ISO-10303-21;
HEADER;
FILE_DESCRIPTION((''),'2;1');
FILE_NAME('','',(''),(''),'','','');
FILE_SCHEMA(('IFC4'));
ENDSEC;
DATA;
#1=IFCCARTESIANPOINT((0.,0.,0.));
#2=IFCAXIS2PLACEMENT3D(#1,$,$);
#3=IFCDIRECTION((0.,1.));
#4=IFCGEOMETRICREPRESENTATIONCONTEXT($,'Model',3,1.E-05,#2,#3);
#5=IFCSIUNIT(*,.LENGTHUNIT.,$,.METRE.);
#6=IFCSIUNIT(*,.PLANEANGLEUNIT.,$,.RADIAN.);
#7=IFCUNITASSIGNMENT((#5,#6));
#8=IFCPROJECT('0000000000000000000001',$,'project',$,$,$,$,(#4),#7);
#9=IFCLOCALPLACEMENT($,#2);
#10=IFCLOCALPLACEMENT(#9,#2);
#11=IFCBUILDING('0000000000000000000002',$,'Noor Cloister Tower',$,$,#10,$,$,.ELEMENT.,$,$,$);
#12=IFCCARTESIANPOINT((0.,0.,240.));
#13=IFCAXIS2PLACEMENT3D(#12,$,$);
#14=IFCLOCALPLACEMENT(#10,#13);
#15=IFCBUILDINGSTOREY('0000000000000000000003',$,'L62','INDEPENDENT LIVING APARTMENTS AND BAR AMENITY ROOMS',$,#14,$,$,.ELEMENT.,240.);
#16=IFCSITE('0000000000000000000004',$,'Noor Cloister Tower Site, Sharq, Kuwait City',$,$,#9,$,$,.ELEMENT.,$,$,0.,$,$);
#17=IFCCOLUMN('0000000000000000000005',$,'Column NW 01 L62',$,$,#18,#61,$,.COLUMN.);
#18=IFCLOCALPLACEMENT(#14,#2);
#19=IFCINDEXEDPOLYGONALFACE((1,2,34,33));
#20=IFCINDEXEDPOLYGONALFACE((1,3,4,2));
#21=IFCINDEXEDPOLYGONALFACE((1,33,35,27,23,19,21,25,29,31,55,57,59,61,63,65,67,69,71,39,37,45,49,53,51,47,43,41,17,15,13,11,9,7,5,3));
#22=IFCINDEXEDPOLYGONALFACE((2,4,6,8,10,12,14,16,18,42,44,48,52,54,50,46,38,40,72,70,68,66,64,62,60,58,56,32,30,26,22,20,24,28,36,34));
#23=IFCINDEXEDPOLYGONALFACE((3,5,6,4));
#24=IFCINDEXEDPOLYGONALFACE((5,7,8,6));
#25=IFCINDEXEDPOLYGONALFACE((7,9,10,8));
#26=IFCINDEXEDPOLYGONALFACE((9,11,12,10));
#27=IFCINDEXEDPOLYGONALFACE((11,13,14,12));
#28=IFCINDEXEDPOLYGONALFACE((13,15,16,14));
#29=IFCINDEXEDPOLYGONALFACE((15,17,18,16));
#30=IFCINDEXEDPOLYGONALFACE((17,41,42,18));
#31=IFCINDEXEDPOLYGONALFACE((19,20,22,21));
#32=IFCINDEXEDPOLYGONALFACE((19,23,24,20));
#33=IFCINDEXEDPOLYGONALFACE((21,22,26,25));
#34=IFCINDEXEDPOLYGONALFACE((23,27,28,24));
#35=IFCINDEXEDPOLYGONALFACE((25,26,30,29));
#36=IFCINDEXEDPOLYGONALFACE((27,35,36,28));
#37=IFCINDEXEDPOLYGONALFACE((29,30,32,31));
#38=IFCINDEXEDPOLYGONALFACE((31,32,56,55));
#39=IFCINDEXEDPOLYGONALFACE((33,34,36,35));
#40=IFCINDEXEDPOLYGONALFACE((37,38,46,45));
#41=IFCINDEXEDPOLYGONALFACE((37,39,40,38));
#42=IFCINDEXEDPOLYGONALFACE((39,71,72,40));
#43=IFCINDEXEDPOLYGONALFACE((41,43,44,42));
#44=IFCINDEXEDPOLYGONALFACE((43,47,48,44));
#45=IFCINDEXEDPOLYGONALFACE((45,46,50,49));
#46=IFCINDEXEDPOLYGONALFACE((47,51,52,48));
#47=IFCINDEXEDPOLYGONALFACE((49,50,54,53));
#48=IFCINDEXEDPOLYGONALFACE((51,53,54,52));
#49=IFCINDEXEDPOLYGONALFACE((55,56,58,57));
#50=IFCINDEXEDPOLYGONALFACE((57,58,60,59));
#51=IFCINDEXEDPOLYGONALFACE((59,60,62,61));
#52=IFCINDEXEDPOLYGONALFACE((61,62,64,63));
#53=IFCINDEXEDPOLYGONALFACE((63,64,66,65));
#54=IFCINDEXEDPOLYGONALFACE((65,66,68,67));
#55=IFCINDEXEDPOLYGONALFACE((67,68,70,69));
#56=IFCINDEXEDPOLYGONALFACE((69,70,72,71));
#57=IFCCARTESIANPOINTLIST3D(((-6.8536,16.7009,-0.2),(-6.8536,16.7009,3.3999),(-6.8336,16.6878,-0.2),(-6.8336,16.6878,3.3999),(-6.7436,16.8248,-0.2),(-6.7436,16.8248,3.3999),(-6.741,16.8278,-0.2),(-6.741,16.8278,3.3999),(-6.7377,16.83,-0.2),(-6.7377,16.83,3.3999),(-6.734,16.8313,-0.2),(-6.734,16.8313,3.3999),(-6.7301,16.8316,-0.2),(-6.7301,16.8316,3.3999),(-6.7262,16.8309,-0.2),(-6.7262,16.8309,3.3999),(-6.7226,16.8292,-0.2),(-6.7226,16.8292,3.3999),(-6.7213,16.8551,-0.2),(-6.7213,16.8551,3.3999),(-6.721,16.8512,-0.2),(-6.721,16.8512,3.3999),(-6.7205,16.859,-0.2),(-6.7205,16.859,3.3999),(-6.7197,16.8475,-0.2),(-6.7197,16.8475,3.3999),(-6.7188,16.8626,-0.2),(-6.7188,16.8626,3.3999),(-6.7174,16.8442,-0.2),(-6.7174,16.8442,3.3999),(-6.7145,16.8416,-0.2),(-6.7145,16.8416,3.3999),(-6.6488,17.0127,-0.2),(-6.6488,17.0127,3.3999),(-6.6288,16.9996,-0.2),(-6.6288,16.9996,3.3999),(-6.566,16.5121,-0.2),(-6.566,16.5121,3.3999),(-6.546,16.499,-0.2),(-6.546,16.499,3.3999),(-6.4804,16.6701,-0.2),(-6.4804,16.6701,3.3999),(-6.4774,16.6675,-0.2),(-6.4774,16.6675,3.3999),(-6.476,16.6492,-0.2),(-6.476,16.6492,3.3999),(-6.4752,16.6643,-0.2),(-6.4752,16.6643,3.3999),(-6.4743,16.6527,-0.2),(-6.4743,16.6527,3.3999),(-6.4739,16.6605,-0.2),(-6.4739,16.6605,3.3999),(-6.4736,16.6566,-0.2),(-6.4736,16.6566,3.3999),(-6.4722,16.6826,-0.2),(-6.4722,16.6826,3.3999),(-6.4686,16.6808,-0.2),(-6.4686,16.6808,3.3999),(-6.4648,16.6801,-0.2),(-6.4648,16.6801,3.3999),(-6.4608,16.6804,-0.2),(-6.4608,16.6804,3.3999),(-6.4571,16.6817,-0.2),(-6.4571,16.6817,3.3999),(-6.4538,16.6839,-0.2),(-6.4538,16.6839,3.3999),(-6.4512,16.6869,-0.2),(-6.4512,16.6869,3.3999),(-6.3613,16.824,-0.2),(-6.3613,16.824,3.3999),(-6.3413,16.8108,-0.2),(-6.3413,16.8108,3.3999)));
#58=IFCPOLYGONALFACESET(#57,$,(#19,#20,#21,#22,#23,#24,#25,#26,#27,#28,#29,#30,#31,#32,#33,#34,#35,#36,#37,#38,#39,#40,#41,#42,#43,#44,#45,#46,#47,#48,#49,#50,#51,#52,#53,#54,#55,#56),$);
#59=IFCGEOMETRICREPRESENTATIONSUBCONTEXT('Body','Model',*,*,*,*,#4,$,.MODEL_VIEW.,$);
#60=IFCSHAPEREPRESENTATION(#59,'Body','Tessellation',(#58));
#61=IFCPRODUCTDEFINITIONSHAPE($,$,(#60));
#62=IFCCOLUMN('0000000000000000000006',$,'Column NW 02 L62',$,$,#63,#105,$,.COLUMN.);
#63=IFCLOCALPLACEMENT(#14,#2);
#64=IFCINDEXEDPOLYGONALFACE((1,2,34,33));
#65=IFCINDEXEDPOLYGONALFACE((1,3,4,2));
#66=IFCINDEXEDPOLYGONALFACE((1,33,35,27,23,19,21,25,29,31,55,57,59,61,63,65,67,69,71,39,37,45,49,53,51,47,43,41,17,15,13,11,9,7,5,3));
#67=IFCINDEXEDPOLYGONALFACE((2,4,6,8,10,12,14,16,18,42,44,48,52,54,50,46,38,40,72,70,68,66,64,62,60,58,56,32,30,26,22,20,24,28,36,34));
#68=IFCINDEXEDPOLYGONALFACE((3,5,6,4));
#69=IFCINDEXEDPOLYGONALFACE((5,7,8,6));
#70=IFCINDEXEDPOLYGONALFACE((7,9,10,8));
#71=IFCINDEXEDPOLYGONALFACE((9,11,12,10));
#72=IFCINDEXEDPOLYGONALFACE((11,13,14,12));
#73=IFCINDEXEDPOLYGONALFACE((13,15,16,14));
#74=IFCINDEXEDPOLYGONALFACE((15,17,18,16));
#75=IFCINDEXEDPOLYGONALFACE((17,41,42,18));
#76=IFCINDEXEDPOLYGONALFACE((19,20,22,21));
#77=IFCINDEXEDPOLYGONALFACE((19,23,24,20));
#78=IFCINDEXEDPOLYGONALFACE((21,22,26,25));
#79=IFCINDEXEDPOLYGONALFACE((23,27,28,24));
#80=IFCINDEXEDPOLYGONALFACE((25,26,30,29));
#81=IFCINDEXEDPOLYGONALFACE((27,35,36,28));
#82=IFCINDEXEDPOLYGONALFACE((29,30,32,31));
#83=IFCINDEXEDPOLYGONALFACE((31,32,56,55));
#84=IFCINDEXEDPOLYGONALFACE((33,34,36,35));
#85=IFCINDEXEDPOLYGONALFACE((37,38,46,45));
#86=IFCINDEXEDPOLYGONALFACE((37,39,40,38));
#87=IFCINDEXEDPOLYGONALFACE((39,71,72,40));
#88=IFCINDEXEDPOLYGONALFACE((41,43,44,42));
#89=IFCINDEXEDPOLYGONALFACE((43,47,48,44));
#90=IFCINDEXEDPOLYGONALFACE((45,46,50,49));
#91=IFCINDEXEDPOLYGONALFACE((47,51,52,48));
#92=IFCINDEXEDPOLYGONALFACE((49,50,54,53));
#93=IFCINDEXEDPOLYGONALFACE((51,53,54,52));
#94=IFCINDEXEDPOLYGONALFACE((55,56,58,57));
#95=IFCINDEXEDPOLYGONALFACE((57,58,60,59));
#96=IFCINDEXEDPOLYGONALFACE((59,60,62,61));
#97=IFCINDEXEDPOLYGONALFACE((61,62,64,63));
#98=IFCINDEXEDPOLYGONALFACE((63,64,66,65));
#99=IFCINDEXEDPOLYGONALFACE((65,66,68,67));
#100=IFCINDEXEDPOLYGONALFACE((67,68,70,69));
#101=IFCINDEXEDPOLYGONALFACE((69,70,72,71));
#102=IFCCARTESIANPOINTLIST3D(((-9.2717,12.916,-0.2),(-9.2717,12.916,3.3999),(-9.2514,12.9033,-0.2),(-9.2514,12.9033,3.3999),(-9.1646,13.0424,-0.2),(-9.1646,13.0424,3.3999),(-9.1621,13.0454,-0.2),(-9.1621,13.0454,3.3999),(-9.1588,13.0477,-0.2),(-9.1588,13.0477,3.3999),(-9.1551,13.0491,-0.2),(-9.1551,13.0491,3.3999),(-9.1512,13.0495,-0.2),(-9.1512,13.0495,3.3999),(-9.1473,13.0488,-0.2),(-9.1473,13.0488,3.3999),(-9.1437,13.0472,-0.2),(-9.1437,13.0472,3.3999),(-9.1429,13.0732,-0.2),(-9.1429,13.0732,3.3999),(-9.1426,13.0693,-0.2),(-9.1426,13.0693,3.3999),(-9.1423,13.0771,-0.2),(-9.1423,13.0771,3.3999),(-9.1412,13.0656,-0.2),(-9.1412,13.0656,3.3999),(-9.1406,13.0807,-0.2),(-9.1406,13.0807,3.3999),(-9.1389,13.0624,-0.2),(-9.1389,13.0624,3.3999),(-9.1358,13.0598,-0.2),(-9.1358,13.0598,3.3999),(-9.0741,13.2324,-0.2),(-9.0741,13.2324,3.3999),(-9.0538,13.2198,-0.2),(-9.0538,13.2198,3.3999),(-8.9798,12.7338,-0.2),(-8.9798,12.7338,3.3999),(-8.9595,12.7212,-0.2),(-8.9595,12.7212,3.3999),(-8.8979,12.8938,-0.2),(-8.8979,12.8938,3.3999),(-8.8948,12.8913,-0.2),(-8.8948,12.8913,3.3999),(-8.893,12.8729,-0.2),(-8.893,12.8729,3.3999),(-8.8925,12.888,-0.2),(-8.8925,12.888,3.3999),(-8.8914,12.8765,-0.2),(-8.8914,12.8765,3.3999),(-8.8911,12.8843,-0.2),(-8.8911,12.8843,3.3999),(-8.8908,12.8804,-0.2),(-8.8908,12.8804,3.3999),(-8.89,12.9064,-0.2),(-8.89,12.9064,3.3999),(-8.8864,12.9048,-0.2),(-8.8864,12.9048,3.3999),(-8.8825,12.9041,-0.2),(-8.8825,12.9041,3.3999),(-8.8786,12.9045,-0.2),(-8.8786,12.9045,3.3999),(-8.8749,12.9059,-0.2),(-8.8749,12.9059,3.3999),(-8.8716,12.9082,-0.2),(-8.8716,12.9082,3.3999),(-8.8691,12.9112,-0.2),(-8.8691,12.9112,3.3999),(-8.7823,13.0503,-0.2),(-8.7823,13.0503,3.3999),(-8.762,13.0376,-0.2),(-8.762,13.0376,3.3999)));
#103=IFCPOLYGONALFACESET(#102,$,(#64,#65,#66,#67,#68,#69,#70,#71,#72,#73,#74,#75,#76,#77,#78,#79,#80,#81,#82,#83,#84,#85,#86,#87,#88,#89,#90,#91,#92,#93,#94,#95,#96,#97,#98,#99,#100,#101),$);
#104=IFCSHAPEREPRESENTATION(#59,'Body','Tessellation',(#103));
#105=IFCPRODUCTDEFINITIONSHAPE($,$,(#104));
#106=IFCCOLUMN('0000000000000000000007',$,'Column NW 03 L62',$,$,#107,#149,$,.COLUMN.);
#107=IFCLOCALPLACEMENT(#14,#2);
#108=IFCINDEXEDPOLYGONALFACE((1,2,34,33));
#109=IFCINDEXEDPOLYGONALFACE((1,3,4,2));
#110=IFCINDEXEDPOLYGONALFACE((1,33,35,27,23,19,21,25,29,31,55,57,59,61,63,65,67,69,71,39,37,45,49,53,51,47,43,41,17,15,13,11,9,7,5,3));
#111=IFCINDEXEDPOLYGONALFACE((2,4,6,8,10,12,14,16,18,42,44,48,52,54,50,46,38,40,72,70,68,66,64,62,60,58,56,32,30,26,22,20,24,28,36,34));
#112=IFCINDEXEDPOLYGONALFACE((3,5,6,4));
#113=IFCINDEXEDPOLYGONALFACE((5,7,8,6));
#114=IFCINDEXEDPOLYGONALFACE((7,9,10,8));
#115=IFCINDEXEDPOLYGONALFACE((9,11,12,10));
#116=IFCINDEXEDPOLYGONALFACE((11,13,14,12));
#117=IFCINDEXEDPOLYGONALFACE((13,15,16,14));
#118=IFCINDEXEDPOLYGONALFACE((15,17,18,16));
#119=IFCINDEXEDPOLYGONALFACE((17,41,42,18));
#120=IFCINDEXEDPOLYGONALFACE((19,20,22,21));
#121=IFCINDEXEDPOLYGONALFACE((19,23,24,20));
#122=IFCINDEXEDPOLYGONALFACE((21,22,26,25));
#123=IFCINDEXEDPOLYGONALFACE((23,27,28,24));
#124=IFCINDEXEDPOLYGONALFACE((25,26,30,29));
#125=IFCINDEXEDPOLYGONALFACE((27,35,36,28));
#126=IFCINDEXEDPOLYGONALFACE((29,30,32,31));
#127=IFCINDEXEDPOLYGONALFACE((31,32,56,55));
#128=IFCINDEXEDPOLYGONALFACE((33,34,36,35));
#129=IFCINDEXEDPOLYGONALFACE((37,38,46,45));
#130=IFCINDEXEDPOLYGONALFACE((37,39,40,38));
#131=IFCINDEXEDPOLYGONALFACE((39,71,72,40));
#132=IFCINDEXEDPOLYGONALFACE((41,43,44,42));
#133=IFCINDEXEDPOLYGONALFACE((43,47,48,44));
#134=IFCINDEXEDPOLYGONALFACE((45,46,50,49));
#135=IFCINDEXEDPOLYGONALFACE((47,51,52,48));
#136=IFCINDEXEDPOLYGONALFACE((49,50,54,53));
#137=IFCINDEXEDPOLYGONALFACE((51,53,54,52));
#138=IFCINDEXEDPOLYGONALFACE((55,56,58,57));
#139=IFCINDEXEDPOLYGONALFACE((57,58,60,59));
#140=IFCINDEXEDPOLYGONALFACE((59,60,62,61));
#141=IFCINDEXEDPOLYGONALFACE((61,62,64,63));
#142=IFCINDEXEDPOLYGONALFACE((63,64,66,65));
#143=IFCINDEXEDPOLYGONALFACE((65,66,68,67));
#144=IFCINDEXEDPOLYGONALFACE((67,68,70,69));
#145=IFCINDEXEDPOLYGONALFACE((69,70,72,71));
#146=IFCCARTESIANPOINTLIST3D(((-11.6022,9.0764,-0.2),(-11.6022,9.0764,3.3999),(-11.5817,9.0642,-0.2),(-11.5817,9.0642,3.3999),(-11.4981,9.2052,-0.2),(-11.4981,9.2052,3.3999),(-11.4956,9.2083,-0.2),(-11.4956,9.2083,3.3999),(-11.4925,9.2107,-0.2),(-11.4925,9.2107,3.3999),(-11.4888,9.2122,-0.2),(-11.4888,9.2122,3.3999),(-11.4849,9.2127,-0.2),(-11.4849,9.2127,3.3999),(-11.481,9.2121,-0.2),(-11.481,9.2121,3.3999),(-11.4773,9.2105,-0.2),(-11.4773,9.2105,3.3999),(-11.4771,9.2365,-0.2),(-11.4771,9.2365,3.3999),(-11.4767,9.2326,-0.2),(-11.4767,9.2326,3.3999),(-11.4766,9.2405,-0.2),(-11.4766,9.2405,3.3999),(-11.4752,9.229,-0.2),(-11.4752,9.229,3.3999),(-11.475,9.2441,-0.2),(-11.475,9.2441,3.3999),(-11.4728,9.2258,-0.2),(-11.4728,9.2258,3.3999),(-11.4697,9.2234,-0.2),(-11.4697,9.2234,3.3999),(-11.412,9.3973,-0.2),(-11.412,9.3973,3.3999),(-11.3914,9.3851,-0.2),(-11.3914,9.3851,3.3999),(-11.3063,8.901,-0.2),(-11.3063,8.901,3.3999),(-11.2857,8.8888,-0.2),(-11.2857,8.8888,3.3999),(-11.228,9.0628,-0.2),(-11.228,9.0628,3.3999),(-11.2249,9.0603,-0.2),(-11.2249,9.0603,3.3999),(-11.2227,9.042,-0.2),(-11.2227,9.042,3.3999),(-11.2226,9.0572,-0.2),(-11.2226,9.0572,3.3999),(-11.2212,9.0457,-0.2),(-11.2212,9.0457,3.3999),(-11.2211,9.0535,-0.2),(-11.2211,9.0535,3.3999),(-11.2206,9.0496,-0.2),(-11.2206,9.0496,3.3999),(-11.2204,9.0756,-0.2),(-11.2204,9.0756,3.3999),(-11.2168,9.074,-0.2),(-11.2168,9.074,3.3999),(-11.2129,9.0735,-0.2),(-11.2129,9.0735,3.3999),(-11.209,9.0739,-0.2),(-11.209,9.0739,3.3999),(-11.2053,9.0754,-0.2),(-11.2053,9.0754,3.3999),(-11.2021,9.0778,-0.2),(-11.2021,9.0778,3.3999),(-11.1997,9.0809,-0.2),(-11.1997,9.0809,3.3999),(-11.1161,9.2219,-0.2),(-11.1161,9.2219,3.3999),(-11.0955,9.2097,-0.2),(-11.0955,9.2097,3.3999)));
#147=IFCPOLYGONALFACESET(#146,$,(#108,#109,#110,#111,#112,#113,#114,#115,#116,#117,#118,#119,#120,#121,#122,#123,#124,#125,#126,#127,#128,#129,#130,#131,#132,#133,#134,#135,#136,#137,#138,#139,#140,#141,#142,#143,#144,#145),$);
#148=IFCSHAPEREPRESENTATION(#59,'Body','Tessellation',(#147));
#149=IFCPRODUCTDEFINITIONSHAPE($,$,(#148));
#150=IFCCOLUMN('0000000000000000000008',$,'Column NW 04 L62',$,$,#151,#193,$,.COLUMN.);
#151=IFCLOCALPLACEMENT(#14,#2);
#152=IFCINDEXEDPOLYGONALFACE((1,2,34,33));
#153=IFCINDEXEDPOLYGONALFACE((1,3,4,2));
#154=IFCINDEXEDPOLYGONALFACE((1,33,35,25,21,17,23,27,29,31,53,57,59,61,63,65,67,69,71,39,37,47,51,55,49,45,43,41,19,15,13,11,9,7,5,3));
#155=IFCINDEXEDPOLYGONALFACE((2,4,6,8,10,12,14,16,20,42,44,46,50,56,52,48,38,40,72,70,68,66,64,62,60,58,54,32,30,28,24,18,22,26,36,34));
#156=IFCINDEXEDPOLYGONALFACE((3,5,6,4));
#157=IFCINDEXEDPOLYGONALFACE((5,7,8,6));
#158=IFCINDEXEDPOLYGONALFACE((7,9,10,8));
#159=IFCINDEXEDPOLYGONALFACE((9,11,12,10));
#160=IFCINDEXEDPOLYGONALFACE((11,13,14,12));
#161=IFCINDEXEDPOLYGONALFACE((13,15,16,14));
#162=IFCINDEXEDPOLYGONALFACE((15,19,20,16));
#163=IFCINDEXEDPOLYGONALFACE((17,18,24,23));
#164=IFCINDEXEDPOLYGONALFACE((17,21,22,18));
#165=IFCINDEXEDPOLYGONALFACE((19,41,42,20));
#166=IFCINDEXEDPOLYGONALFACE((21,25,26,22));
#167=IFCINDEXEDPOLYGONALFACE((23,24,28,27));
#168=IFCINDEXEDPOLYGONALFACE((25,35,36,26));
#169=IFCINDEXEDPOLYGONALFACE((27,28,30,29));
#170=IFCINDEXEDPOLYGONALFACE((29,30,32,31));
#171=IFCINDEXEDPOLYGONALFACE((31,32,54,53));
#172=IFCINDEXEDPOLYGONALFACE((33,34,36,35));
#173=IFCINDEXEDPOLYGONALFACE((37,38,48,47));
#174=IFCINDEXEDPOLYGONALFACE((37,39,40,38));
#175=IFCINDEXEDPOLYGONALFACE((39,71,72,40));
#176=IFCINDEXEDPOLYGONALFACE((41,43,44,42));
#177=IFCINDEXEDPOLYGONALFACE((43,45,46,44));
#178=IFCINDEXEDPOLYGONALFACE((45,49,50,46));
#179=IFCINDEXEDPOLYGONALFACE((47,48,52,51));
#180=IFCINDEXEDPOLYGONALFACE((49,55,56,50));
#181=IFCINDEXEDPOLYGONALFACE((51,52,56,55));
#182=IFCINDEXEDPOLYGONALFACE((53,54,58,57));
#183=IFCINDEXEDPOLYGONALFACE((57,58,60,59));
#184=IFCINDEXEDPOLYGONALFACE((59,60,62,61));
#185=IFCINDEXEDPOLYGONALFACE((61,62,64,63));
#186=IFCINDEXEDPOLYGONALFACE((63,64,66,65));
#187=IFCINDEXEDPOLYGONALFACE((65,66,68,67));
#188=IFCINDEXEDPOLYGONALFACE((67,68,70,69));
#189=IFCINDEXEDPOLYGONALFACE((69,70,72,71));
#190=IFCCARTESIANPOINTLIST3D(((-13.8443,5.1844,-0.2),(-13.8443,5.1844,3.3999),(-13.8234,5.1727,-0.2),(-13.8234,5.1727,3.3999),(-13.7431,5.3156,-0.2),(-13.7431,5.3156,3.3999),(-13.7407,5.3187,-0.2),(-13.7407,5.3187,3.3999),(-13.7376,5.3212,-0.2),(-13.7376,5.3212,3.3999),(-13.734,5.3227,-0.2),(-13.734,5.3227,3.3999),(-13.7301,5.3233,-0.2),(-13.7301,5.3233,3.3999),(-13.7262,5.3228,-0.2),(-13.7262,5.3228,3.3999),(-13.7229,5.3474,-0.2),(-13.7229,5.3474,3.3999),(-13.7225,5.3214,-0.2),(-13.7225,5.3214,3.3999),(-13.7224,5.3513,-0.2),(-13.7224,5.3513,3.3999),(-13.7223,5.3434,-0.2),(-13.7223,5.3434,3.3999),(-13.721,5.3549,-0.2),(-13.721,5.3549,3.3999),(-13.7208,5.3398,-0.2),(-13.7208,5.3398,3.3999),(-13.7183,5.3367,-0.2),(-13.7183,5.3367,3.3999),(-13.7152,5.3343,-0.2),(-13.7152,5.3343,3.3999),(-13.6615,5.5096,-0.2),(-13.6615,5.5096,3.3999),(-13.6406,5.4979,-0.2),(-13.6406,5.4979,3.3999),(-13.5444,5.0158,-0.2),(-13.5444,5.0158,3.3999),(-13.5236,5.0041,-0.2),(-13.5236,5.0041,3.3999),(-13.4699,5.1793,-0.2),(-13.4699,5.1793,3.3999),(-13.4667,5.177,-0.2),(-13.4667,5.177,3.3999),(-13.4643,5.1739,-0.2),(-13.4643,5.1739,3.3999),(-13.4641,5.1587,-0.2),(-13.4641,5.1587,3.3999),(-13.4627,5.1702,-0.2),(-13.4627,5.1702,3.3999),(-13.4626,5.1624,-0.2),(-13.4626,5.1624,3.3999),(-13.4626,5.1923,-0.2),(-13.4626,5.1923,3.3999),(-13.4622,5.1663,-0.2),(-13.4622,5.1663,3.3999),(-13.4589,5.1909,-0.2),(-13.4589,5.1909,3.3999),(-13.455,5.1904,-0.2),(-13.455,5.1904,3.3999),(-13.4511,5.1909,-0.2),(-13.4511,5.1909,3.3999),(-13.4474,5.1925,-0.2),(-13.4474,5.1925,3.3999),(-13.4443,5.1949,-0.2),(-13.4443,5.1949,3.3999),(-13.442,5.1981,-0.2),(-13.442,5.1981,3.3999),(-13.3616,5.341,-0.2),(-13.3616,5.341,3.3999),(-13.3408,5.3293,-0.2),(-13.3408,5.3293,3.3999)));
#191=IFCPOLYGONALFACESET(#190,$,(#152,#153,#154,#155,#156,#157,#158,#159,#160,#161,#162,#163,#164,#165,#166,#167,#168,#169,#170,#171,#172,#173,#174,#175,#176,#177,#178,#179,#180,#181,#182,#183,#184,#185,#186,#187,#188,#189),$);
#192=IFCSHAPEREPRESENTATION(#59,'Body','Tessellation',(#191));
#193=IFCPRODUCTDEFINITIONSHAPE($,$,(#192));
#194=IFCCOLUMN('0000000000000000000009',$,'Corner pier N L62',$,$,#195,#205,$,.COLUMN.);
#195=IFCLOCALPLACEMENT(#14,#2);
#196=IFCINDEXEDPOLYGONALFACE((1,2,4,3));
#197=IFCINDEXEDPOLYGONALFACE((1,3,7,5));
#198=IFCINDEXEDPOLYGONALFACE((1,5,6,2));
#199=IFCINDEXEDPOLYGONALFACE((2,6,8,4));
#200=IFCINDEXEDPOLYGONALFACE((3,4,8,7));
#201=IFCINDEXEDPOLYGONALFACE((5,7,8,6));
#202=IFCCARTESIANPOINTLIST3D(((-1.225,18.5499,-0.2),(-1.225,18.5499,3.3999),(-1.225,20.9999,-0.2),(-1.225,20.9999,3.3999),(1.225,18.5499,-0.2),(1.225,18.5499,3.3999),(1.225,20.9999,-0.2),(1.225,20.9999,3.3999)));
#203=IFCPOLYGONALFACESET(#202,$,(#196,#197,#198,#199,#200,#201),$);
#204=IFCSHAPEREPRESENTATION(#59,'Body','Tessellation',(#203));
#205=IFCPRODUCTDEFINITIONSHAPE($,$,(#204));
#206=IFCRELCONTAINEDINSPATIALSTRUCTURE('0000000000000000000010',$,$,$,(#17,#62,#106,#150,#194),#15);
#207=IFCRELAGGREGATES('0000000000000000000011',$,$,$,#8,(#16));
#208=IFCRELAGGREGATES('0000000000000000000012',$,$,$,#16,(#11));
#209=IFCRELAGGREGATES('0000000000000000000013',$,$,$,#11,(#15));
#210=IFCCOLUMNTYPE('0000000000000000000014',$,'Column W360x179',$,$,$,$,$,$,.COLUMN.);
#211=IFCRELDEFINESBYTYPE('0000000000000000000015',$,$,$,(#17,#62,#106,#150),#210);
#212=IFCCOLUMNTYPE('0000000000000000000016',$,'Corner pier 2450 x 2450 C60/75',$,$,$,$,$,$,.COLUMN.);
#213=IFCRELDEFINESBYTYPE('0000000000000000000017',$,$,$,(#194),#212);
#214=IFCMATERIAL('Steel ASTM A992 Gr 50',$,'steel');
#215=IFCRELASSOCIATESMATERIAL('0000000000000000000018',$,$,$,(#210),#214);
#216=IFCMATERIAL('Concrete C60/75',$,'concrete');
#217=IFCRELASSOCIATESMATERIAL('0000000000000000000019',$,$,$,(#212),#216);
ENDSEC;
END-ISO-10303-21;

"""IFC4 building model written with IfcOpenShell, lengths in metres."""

from ifc_helpers import new_model, si_unit, direction, frame, origin, origin_2d, place, context, subcontext, project, spatial, rectangle, i_section, extrude, material, material_profile, profile_set, type_object, element, save


model = new_model("IFC4")

# Units and contexts
model_context = context("Model", 3, precision=1e-05, world=origin(), true_north=direction((0.0, 1.0)))
body_context = subcontext(model_context, "Body", "Model", "MODEL_VIEW")
ifc_project = project(units=[si_unit("LENGTHUNIT", "METRE"), si_unit("PLANEANGLEUNIT", "RADIAN")], contexts=[model_context])

# Site, building, storey
site_placement = place(None, origin())
site = spatial("IfcSite", under=ifc_project, at=site_placement, Name="Noor Cloister Tower Site, Sharq, Kuwait City", CompositionType="ELEMENT", RefElevation=0.0)
building_placement = place(site_placement, origin())
building = spatial("IfcBuilding", under=site, at=building_placement, Name="Noor Cloister Tower", CompositionType="ELEMENT")
storey_placement = place(building_placement, frame((0.0, 0.0, 240.0)))
storey = spatial("IfcBuildingStorey", under=building, at=storey_placement, Name="L62", Description="INDEPENDENT LIVING APARTMENTS AND BAR AMENITY ROOMS", CompositionType="ELEMENT", Elevation=240.0)

# Columns
ifc_material_1 = material(Name="Steel ASTM A992 Gr 50", Category="steel")
ifc_material_profile_1 = material_profile(ifc_material_1, i_section(OverallWidth=0.373, OverallDepth=0.3679, WebThickness=0.0149, FlangeThickness=0.0239, FilletRadius=0.0151, at=origin_2d()), Name="W360x179")
ifc_profile_set_1 = profile_set([ifc_material_profile_1], Name="Steel ASTM A992 Gr 50")
column_type_1 = type_object("IfcColumnType", Name="Column W360x179", PredefinedType="COLUMN", material=ifc_profile_set_1)
for number, where, z_axis, x_axis, name in (
    (1, (-6.5974, 16.7559, -0.2), (0.0, 0.0, 1.0), (-0.54879, -0.83596, 0.0), "Column NW 01 L62"),
    (2, (-9.0168, 12.9768, -0.2), (0.0, 0.0, 1.0), (-0.529481, -0.848322, 0.0), "Column NW 02 L62"),
    (3, (-11.3489, 9.1431, -0.2), (0.0, 0.0, 1.0), (-0.509895, -0.860237, 0.0), "Column NW 03 L62"),
    (4, (-13.5925, 5.2568, -0.2), (0.0, 0.0, 1.0), (-0.49004, -0.8717, 0.0), "Column NW 04 L62"),
):
    element("IfcColumn", number, at=place(storey_placement, frame(where, z_axis=z_axis, x_axis=x_axis)), inside=storey, type_object=column_type_1, Name=name, PredefinedType="COLUMN", context=body_context, shape_type="SweptSolid", body=[
        extrude(i_section(OverallWidth=0.373, OverallDepth=0.3679, WebThickness=0.0149, FlangeThickness=0.0239, FilletRadius=0.0151, at=origin_2d()), origin(), (0.0, 0.0, 1.0), 3.5999),
    ])
ifc_material_2 = material(Name="Concrete C60/75", Category="concrete")
ifc_material_profile_2 = material_profile(ifc_material_2, rectangle(XDim=2.45, YDim=2.45, at=origin_2d()), Name="RC 2450x2450")
ifc_profile_set_2 = profile_set([ifc_material_profile_2], Name="Concrete C60/75")
column_type_2 = type_object("IfcColumnType", Name="Corner pier 2450 x 2450 C60/75", PredefinedType="COLUMN", material=ifc_profile_set_2)
column_placement = place(storey_placement, frame((0.0, 19.7749, -0.2), z_axis=(0.0, 0.0, 1.0), x_axis=(0.0, 1.0, 0.0)))
element("IfcColumn", 5, at=column_placement, inside=storey, type_object=column_type_2, Name="Corner pier N L62", PredefinedType="COLUMN", context=body_context, shape_type="SweptSolid", body=[
    extrude(rectangle(XDim=2.45, YDim=2.45, at=origin_2d()), origin(), (0.0, 0.0, 1.0), 3.5999),
])

save(model, "model.ifc")
